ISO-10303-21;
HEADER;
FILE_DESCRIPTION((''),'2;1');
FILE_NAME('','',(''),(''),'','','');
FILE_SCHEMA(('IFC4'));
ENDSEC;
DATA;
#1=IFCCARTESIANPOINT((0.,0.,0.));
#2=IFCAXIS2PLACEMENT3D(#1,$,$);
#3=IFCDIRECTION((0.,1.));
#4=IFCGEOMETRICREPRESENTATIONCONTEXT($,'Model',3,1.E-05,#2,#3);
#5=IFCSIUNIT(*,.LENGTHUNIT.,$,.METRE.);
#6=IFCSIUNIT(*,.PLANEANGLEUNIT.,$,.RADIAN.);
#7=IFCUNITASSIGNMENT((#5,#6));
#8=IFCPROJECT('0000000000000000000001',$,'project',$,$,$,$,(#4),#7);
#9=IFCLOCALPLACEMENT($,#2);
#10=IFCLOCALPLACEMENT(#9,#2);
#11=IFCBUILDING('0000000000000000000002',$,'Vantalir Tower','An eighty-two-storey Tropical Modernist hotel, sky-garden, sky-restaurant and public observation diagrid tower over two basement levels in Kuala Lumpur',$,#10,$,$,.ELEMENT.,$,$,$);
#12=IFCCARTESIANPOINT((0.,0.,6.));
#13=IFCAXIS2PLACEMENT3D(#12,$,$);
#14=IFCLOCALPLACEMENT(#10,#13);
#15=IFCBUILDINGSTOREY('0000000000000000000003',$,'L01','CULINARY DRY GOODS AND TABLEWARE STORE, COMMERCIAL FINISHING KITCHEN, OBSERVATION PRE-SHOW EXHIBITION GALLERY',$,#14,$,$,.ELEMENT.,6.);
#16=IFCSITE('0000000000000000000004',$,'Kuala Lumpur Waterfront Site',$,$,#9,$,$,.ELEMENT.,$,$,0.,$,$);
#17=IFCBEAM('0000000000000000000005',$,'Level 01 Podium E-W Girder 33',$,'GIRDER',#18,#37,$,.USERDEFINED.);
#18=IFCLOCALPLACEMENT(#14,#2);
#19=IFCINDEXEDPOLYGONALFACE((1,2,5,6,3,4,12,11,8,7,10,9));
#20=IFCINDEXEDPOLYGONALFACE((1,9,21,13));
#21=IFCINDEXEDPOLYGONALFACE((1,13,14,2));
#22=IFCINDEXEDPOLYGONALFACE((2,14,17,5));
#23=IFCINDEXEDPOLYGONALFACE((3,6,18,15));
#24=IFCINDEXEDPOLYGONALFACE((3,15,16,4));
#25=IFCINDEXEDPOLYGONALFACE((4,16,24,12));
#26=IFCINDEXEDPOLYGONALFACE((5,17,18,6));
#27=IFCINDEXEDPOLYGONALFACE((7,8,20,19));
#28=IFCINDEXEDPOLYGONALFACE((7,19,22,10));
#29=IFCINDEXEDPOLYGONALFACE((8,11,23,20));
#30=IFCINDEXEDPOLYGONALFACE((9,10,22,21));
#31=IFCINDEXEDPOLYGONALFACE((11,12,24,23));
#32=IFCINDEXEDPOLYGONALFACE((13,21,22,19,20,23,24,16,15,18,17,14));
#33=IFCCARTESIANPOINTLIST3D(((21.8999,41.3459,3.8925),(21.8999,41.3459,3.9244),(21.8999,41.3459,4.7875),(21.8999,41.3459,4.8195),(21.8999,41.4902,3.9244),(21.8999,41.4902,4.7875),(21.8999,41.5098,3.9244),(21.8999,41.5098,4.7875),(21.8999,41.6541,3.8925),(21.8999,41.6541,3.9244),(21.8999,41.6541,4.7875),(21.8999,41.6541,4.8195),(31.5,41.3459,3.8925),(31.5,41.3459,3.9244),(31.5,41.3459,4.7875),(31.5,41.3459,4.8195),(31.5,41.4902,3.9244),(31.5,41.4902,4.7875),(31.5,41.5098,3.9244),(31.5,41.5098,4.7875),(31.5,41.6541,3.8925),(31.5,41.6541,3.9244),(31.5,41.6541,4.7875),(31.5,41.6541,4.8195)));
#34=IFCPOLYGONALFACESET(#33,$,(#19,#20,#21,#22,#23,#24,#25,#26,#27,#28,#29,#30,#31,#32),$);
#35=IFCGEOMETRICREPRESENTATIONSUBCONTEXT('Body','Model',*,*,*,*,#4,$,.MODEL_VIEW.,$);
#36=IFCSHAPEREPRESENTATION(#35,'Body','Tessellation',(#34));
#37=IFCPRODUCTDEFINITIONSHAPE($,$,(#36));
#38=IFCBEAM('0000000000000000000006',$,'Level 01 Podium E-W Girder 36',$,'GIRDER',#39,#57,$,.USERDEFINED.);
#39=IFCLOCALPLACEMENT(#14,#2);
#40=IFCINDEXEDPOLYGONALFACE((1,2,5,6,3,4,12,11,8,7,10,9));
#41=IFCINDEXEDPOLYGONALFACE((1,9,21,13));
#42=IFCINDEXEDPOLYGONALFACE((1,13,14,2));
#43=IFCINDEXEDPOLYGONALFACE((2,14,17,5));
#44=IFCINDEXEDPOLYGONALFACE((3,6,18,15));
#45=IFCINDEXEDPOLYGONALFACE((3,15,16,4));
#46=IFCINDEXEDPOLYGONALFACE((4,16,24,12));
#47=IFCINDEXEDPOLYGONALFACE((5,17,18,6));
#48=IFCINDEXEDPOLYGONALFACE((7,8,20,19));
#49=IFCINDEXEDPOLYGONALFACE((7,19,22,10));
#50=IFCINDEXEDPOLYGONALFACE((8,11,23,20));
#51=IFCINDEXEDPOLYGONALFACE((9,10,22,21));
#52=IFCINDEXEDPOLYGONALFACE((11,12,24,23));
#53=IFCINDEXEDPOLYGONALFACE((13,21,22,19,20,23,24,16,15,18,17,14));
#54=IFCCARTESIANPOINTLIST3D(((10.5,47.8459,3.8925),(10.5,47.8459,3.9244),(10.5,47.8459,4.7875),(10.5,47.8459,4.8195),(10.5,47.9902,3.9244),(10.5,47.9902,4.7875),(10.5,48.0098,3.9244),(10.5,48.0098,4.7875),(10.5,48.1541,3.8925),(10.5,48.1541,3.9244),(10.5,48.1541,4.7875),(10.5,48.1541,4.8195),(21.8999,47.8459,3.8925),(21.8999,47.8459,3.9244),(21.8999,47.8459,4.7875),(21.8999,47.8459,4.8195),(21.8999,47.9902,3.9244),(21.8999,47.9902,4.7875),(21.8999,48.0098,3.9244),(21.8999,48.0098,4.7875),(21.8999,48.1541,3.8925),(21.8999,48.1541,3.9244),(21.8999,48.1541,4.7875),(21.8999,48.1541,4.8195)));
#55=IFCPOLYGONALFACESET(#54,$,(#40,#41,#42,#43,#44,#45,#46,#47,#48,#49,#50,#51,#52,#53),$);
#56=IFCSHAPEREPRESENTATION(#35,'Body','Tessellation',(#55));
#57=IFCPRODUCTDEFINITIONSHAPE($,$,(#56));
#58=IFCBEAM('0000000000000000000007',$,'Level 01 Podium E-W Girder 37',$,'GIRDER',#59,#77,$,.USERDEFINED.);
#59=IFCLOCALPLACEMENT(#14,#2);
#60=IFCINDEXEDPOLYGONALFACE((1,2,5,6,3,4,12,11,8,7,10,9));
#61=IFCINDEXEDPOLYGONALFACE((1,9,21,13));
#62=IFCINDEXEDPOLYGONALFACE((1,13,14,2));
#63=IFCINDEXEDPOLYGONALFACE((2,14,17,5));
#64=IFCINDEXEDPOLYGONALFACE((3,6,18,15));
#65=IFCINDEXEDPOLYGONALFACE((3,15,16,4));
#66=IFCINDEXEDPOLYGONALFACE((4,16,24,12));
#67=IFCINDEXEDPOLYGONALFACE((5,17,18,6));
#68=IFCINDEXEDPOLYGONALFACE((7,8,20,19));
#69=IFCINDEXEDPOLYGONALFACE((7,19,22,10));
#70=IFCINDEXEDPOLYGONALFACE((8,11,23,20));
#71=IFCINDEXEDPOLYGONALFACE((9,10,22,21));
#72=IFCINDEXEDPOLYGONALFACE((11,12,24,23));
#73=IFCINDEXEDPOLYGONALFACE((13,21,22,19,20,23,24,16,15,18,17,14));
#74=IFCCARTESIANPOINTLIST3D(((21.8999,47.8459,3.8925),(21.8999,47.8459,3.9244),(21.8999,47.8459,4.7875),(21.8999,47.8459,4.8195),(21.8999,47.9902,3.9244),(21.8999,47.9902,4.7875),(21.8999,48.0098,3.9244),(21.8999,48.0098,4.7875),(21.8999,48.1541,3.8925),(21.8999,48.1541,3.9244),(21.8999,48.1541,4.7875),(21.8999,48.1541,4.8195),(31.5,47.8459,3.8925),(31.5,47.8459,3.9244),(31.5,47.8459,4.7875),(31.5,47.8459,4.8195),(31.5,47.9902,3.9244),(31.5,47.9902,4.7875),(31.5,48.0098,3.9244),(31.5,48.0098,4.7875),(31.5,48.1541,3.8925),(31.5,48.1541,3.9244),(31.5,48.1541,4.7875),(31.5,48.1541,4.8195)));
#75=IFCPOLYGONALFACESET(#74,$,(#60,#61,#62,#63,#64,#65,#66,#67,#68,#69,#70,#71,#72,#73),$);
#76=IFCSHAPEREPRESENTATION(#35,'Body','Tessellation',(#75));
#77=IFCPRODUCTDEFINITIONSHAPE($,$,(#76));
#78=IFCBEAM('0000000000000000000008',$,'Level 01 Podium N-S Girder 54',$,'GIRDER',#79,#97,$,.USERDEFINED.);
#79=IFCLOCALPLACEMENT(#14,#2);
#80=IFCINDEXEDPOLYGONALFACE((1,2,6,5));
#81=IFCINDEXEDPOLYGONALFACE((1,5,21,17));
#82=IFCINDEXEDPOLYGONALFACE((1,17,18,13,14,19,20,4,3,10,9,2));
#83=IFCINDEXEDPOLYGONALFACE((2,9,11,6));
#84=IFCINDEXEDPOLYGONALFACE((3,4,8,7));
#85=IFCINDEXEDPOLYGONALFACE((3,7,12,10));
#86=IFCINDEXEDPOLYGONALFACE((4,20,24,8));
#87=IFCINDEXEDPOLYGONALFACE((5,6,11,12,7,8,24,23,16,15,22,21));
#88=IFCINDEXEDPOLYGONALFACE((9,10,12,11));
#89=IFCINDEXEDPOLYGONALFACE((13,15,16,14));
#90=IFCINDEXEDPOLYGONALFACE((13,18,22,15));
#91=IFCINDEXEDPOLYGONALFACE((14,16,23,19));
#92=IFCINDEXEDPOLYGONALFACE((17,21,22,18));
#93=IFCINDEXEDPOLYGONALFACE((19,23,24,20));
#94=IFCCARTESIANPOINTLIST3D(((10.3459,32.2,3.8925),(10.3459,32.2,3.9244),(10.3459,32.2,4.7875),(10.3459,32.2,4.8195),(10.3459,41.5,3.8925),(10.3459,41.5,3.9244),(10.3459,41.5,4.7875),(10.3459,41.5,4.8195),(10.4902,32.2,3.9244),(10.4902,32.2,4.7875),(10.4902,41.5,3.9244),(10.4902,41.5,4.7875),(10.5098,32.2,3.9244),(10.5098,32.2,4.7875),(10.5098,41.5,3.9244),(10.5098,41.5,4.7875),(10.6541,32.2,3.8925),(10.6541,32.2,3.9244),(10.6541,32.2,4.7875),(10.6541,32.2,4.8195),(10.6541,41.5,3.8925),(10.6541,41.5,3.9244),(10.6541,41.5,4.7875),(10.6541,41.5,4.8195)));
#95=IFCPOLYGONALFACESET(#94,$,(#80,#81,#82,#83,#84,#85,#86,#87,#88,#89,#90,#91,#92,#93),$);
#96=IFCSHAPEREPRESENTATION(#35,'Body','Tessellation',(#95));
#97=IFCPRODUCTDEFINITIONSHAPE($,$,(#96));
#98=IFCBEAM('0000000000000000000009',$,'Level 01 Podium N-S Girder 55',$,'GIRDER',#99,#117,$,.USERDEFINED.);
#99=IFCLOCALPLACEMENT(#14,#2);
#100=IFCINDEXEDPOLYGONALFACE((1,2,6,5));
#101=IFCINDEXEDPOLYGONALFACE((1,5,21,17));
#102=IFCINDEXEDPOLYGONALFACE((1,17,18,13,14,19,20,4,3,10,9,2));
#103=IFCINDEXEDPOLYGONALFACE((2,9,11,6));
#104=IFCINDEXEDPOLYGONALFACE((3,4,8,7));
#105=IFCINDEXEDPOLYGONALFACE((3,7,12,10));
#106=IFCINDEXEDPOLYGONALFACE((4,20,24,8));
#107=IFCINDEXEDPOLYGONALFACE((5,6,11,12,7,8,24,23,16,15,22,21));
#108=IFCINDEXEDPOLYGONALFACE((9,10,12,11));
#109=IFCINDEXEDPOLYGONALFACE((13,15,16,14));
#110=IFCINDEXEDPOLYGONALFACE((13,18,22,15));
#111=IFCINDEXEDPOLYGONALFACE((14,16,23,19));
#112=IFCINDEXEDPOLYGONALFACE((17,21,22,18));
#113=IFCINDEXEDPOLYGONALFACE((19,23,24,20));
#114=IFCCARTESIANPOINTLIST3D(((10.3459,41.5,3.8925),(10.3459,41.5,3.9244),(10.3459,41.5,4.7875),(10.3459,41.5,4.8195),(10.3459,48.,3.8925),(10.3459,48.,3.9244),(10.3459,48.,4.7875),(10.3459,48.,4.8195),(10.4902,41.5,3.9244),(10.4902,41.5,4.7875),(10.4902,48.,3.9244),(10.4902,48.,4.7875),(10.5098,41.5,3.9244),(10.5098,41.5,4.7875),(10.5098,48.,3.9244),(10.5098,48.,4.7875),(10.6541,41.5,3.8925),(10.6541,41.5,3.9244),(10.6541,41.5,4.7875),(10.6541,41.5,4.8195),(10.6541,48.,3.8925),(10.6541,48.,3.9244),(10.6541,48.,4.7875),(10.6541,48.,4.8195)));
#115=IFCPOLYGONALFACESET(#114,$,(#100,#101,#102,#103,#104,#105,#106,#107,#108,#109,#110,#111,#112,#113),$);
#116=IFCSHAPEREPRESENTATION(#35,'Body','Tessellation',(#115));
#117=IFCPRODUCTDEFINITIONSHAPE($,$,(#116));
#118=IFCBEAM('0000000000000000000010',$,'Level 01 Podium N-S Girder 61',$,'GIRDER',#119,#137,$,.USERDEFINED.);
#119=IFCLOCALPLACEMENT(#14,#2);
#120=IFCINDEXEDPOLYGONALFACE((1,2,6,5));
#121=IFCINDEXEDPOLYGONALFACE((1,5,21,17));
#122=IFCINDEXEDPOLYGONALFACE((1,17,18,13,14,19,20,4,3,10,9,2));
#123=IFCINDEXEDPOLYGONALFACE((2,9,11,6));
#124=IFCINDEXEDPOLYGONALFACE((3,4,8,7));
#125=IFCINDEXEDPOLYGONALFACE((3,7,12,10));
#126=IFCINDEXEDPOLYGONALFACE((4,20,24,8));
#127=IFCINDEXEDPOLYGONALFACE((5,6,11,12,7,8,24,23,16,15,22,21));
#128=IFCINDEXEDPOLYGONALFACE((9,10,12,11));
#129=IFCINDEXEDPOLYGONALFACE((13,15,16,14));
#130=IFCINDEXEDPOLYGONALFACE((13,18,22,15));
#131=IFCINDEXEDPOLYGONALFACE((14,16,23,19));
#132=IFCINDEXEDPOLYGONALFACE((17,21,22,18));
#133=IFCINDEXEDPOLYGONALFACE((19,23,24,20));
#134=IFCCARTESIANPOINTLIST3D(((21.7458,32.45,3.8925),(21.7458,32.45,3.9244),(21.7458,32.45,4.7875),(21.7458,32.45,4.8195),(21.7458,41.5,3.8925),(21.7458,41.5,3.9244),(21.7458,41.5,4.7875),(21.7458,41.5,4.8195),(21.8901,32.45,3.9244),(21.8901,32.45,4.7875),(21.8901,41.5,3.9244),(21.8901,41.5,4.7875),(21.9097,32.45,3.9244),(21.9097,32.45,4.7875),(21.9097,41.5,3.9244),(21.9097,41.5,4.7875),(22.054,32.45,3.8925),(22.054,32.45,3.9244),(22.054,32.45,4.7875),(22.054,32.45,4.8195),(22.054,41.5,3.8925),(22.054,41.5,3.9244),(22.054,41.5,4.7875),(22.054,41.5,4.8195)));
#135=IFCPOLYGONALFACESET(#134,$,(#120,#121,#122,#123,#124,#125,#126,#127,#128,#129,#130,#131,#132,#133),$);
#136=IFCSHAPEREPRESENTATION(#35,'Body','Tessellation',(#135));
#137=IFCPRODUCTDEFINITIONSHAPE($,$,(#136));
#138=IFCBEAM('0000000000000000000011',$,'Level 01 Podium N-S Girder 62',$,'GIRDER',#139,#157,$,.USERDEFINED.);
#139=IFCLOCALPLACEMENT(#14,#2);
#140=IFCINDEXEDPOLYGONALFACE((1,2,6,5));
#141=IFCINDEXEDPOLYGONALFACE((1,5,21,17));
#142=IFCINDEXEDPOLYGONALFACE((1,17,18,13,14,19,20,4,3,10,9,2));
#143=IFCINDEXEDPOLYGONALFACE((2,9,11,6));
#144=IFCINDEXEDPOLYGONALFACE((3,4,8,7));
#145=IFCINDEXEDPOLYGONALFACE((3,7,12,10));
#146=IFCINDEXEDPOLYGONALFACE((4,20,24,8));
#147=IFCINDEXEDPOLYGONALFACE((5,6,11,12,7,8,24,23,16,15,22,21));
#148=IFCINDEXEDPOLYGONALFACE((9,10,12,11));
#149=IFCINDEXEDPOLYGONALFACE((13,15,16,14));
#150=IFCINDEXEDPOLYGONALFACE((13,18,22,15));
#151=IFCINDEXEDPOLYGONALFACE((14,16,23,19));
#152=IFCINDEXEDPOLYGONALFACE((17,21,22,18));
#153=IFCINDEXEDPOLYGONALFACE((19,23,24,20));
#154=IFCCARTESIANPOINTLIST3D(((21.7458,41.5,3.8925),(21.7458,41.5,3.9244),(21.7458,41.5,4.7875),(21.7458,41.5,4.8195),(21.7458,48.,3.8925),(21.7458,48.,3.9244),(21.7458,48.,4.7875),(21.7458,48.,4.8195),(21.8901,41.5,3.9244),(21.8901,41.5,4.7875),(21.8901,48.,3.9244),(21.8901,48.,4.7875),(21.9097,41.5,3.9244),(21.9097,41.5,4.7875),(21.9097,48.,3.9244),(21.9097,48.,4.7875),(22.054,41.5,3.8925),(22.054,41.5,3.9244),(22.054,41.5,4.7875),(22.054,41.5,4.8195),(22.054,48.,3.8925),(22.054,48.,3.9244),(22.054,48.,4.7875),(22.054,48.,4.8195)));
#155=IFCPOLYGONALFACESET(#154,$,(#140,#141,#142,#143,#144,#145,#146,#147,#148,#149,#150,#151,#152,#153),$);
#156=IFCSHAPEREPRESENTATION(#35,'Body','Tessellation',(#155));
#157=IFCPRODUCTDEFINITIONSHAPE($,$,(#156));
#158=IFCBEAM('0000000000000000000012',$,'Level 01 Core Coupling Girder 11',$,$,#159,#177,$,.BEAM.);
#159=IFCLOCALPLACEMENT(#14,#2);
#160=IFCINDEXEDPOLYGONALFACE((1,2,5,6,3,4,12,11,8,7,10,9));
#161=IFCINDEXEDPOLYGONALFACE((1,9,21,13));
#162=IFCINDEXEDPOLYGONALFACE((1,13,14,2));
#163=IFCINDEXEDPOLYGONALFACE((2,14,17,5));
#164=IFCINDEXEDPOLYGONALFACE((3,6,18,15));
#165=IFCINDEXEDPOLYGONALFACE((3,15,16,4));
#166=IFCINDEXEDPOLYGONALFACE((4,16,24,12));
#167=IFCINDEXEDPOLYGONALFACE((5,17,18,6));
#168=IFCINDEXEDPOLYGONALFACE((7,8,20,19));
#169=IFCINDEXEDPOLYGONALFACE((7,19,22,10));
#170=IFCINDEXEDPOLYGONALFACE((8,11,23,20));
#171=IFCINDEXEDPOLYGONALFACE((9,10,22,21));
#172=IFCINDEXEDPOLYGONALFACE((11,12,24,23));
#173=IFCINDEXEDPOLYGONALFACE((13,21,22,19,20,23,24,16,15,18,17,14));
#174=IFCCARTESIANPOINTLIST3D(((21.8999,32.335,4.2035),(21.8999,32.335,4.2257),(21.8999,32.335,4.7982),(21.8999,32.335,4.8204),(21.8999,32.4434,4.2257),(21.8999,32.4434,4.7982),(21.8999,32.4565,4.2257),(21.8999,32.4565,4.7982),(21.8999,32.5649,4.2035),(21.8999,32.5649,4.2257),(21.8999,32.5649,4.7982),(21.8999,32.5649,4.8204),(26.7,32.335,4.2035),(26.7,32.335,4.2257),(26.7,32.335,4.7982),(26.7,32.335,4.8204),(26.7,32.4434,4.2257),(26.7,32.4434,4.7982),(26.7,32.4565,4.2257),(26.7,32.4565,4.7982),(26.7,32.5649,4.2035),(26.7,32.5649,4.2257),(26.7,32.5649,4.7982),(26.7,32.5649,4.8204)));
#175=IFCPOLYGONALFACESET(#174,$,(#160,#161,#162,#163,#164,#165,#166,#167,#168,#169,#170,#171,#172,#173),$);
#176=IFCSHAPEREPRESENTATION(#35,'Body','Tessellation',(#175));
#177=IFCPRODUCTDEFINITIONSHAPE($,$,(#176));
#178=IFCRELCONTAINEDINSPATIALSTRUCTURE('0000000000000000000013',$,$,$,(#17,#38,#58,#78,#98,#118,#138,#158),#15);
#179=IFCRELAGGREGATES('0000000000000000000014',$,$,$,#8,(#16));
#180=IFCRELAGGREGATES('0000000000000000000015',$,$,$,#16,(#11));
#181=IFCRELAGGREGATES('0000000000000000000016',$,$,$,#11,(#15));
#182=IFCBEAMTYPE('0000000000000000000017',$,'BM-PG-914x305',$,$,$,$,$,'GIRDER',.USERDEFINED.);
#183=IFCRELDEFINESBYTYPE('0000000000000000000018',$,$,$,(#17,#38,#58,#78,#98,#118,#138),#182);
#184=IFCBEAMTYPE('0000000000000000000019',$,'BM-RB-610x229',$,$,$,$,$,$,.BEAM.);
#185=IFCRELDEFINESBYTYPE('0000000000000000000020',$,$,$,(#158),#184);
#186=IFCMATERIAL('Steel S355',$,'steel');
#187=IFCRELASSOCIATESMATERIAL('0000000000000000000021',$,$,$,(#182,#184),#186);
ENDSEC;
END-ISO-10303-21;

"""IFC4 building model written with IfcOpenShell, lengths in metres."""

from ifc_helpers import new_model, si_unit, direction, frame, origin, origin_2d, place, context, subcontext, project, spatial, i_section, extrude, material, material_profile, profile_set, type_object, element, save


model = new_model("IFC4")

# Units and contexts
model_context = context("Model", 3, precision=1e-05, world=origin(), true_north=direction((0.0, 1.0)))
body_context = subcontext(model_context, "Body", "Model", "MODEL_VIEW")
ifc_project = project(units=[si_unit("LENGTHUNIT", "METRE"), si_unit("PLANEANGLEUNIT", "RADIAN")], contexts=[model_context])

# Site, building, storey
site_placement = place(None, origin())
site = spatial("IfcSite", under=ifc_project, at=site_placement, Name="Kuala Lumpur Waterfront Site", CompositionType="ELEMENT", RefElevation=0.0)
building_placement = place(site_placement, origin())
building = spatial("IfcBuilding", under=site, at=building_placement, Name="Vantalir Tower", Description="An eighty-two-storey Tropical Modernist hotel, sky-garden, sky-restaurant and public observation diagrid tower over two basement levels in Kuala Lumpur", CompositionType="ELEMENT")
storey_placement = place(building_placement, frame((0.0, 0.0, 6.0)))
storey = spatial("IfcBuildingStorey", under=building, at=storey_placement, Name="L01", Description="CULINARY DRY GOODS AND TABLEWARE STORE, COMMERCIAL FINISHING KITCHEN, OBSERVATION PRE-SHOW EXHIBITION GALLERY", CompositionType="ELEMENT", Elevation=6.0)

# Beams
ifc_material_1 = material(Name="Steel S355", Category="steel")
ifc_material_profile_1 = material_profile(ifc_material_1, i_section(OverallWidth=0.3081, OverallDepth=0.927, WebThickness=0.0195, FlangeThickness=0.032, at=origin_2d()), Name="Steel S355")
ifc_profile_set_1 = profile_set([ifc_material_profile_1], Name="Steel S355")
beam_type_1 = type_object("IfcBeamType", Name="BM-PG-914x305", ElementType="GIRDER", PredefinedType="USERDEFINED", material=ifc_profile_set_1)
beam_1_placement = place(storey_placement, frame((21.8999, 41.5, 4.356), z_axis=(1.0, 0.0, 0.0), x_axis=(0.0, 1.0, 0.0)))
element("IfcBeam", 1, at=beam_1_placement, inside=storey, type_object=beam_type_1, Name="Level 01 Podium E-W Girder 33", ObjectType="GIRDER", PredefinedType="USERDEFINED", context=body_context, shape_type="SweptSolid", body=[
    extrude(i_section(OverallWidth=0.3081, OverallDepth=0.927, WebThickness=0.0195, FlangeThickness=0.032, at=origin_2d()), origin(), (0.0, 0.0, 1.0), 9.6001),
])
beam_2_placement = place(storey_placement, frame((10.5, 48.0, 4.356), z_axis=(1.0, 0.0, 0.0), x_axis=(0.0, 1.0, 0.0)))
element("IfcBeam", 2, at=beam_2_placement, inside=storey, type_object=beam_type_1, Name="Level 01 Podium E-W Girder 36", ObjectType="GIRDER", PredefinedType="USERDEFINED", context=body_context, shape_type="SweptSolid", body=[
    extrude(i_section(OverallWidth=0.3081, OverallDepth=0.927, WebThickness=0.0195, FlangeThickness=0.032, at=origin_2d()), origin(), (0.0, 0.0, 1.0), 11.3999),
])
beam_3_placement = place(storey_placement, frame((21.8999, 48.0, 4.356), z_axis=(1.0, 0.0, 0.0), x_axis=(0.0, 1.0, 0.0)))
element("IfcBeam", 3, at=beam_3_placement, inside=storey, type_object=beam_type_1, Name="Level 01 Podium E-W Girder 37", ObjectType="GIRDER", PredefinedType="USERDEFINED", context=body_context, shape_type="SweptSolid", body=[
    extrude(i_section(OverallWidth=0.3081, OverallDepth=0.927, WebThickness=0.0195, FlangeThickness=0.032, at=origin_2d()), origin(), (0.0, 0.0, 1.0), 9.6001),
])
beam_4_placement = place(storey_placement, frame((10.5, 32.2, 4.356), z_axis=(0.0, 1.0, 0.0), x_axis=(-1.0, 0.0, 0.0)))
element("IfcBeam", 4, at=beam_4_placement, inside=storey, type_object=beam_type_1, Name="Level 01 Podium N-S Girder 54", ObjectType="GIRDER", PredefinedType="USERDEFINED", context=body_context, shape_type="SweptSolid", body=[
    extrude(i_section(OverallWidth=0.3081, OverallDepth=0.927, WebThickness=0.0195, FlangeThickness=0.032, at=origin_2d()), origin(), (0.0, 0.0, 1.0), 9.3),
])
beam_5_placement = place(storey_placement, frame((10.5, 41.5, 4.356), z_axis=(0.0, 1.0, 0.0), x_axis=(-1.0, 0.0, 0.0)))
element("IfcBeam", 5, at=beam_5_placement, inside=storey, type_object=beam_type_1, Name="Level 01 Podium N-S Girder 55", ObjectType="GIRDER", PredefinedType="USERDEFINED", context=body_context, shape_type="SweptSolid", body=[
    extrude(i_section(OverallWidth=0.3081, OverallDepth=0.927, WebThickness=0.0195, FlangeThickness=0.032, at=origin_2d()), origin(), (0.0, 0.0, 1.0), 6.5),
])
beam_6_placement = place(storey_placement, frame((21.8999, 32.45, 4.356), z_axis=(0.0, 1.0, 0.0), x_axis=(-1.0, 0.0, 0.0)))
element("IfcBeam", 6, at=beam_6_placement, inside=storey, type_object=beam_type_1, Name="Level 01 Podium N-S Girder 61", ObjectType="GIRDER", PredefinedType="USERDEFINED", context=body_context, shape_type="SweptSolid", body=[
    extrude(i_section(OverallWidth=0.3081, OverallDepth=0.927, WebThickness=0.0195, FlangeThickness=0.032, at=origin_2d()), origin(), (0.0, 0.0, 1.0), 9.05),
])
beam_7_placement = place(storey_placement, frame((21.8999, 41.5, 4.356), z_axis=(0.0, 1.0, 0.0), x_axis=(-1.0, 0.0, 0.0)))
element("IfcBeam", 7, at=beam_7_placement, inside=storey, type_object=beam_type_1, Name="Level 01 Podium N-S Girder 62", ObjectType="GIRDER", PredefinedType="USERDEFINED", context=body_context, shape_type="SweptSolid", body=[
    extrude(i_section(OverallWidth=0.3081, OverallDepth=0.927, WebThickness=0.0195, FlangeThickness=0.032, at=origin_2d()), origin(), (0.0, 0.0, 1.0), 6.5),
])
ifc_material_profile_2 = material_profile(ifc_material_1, i_section(OverallWidth=0.23, OverallDepth=0.6169, WebThickness=0.0132, FlangeThickness=0.0222, at=origin_2d()), Name="Steel S355")
ifc_profile_set_2 = profile_set([ifc_material_profile_2], Name="Steel S355")
beam_type_2 = type_object("IfcBeamType", Name="BM-RB-610x229", PredefinedType="BEAM", material=ifc_profile_set_2)
beam_8_placement = place(storey_placement, frame((26.7, 32.45, 4.512), z_axis=(-1.0, 0.0, 0.0), x_axis=(0.0, -1.0, 0.0)))
element("IfcBeam", 8, at=beam_8_placement, inside=storey, type_object=beam_type_2, Name="Level 01 Core Coupling Girder 11", PredefinedType="BEAM", context=body_context, shape_type="SweptSolid", body=[
    extrude(i_section(OverallWidth=0.23, OverallDepth=0.6169, WebThickness=0.0132, FlangeThickness=0.0222, at=origin_2d()), origin(), (0.0, 0.0, 1.0), 4.8),
])

save(model, "model.ifc")
